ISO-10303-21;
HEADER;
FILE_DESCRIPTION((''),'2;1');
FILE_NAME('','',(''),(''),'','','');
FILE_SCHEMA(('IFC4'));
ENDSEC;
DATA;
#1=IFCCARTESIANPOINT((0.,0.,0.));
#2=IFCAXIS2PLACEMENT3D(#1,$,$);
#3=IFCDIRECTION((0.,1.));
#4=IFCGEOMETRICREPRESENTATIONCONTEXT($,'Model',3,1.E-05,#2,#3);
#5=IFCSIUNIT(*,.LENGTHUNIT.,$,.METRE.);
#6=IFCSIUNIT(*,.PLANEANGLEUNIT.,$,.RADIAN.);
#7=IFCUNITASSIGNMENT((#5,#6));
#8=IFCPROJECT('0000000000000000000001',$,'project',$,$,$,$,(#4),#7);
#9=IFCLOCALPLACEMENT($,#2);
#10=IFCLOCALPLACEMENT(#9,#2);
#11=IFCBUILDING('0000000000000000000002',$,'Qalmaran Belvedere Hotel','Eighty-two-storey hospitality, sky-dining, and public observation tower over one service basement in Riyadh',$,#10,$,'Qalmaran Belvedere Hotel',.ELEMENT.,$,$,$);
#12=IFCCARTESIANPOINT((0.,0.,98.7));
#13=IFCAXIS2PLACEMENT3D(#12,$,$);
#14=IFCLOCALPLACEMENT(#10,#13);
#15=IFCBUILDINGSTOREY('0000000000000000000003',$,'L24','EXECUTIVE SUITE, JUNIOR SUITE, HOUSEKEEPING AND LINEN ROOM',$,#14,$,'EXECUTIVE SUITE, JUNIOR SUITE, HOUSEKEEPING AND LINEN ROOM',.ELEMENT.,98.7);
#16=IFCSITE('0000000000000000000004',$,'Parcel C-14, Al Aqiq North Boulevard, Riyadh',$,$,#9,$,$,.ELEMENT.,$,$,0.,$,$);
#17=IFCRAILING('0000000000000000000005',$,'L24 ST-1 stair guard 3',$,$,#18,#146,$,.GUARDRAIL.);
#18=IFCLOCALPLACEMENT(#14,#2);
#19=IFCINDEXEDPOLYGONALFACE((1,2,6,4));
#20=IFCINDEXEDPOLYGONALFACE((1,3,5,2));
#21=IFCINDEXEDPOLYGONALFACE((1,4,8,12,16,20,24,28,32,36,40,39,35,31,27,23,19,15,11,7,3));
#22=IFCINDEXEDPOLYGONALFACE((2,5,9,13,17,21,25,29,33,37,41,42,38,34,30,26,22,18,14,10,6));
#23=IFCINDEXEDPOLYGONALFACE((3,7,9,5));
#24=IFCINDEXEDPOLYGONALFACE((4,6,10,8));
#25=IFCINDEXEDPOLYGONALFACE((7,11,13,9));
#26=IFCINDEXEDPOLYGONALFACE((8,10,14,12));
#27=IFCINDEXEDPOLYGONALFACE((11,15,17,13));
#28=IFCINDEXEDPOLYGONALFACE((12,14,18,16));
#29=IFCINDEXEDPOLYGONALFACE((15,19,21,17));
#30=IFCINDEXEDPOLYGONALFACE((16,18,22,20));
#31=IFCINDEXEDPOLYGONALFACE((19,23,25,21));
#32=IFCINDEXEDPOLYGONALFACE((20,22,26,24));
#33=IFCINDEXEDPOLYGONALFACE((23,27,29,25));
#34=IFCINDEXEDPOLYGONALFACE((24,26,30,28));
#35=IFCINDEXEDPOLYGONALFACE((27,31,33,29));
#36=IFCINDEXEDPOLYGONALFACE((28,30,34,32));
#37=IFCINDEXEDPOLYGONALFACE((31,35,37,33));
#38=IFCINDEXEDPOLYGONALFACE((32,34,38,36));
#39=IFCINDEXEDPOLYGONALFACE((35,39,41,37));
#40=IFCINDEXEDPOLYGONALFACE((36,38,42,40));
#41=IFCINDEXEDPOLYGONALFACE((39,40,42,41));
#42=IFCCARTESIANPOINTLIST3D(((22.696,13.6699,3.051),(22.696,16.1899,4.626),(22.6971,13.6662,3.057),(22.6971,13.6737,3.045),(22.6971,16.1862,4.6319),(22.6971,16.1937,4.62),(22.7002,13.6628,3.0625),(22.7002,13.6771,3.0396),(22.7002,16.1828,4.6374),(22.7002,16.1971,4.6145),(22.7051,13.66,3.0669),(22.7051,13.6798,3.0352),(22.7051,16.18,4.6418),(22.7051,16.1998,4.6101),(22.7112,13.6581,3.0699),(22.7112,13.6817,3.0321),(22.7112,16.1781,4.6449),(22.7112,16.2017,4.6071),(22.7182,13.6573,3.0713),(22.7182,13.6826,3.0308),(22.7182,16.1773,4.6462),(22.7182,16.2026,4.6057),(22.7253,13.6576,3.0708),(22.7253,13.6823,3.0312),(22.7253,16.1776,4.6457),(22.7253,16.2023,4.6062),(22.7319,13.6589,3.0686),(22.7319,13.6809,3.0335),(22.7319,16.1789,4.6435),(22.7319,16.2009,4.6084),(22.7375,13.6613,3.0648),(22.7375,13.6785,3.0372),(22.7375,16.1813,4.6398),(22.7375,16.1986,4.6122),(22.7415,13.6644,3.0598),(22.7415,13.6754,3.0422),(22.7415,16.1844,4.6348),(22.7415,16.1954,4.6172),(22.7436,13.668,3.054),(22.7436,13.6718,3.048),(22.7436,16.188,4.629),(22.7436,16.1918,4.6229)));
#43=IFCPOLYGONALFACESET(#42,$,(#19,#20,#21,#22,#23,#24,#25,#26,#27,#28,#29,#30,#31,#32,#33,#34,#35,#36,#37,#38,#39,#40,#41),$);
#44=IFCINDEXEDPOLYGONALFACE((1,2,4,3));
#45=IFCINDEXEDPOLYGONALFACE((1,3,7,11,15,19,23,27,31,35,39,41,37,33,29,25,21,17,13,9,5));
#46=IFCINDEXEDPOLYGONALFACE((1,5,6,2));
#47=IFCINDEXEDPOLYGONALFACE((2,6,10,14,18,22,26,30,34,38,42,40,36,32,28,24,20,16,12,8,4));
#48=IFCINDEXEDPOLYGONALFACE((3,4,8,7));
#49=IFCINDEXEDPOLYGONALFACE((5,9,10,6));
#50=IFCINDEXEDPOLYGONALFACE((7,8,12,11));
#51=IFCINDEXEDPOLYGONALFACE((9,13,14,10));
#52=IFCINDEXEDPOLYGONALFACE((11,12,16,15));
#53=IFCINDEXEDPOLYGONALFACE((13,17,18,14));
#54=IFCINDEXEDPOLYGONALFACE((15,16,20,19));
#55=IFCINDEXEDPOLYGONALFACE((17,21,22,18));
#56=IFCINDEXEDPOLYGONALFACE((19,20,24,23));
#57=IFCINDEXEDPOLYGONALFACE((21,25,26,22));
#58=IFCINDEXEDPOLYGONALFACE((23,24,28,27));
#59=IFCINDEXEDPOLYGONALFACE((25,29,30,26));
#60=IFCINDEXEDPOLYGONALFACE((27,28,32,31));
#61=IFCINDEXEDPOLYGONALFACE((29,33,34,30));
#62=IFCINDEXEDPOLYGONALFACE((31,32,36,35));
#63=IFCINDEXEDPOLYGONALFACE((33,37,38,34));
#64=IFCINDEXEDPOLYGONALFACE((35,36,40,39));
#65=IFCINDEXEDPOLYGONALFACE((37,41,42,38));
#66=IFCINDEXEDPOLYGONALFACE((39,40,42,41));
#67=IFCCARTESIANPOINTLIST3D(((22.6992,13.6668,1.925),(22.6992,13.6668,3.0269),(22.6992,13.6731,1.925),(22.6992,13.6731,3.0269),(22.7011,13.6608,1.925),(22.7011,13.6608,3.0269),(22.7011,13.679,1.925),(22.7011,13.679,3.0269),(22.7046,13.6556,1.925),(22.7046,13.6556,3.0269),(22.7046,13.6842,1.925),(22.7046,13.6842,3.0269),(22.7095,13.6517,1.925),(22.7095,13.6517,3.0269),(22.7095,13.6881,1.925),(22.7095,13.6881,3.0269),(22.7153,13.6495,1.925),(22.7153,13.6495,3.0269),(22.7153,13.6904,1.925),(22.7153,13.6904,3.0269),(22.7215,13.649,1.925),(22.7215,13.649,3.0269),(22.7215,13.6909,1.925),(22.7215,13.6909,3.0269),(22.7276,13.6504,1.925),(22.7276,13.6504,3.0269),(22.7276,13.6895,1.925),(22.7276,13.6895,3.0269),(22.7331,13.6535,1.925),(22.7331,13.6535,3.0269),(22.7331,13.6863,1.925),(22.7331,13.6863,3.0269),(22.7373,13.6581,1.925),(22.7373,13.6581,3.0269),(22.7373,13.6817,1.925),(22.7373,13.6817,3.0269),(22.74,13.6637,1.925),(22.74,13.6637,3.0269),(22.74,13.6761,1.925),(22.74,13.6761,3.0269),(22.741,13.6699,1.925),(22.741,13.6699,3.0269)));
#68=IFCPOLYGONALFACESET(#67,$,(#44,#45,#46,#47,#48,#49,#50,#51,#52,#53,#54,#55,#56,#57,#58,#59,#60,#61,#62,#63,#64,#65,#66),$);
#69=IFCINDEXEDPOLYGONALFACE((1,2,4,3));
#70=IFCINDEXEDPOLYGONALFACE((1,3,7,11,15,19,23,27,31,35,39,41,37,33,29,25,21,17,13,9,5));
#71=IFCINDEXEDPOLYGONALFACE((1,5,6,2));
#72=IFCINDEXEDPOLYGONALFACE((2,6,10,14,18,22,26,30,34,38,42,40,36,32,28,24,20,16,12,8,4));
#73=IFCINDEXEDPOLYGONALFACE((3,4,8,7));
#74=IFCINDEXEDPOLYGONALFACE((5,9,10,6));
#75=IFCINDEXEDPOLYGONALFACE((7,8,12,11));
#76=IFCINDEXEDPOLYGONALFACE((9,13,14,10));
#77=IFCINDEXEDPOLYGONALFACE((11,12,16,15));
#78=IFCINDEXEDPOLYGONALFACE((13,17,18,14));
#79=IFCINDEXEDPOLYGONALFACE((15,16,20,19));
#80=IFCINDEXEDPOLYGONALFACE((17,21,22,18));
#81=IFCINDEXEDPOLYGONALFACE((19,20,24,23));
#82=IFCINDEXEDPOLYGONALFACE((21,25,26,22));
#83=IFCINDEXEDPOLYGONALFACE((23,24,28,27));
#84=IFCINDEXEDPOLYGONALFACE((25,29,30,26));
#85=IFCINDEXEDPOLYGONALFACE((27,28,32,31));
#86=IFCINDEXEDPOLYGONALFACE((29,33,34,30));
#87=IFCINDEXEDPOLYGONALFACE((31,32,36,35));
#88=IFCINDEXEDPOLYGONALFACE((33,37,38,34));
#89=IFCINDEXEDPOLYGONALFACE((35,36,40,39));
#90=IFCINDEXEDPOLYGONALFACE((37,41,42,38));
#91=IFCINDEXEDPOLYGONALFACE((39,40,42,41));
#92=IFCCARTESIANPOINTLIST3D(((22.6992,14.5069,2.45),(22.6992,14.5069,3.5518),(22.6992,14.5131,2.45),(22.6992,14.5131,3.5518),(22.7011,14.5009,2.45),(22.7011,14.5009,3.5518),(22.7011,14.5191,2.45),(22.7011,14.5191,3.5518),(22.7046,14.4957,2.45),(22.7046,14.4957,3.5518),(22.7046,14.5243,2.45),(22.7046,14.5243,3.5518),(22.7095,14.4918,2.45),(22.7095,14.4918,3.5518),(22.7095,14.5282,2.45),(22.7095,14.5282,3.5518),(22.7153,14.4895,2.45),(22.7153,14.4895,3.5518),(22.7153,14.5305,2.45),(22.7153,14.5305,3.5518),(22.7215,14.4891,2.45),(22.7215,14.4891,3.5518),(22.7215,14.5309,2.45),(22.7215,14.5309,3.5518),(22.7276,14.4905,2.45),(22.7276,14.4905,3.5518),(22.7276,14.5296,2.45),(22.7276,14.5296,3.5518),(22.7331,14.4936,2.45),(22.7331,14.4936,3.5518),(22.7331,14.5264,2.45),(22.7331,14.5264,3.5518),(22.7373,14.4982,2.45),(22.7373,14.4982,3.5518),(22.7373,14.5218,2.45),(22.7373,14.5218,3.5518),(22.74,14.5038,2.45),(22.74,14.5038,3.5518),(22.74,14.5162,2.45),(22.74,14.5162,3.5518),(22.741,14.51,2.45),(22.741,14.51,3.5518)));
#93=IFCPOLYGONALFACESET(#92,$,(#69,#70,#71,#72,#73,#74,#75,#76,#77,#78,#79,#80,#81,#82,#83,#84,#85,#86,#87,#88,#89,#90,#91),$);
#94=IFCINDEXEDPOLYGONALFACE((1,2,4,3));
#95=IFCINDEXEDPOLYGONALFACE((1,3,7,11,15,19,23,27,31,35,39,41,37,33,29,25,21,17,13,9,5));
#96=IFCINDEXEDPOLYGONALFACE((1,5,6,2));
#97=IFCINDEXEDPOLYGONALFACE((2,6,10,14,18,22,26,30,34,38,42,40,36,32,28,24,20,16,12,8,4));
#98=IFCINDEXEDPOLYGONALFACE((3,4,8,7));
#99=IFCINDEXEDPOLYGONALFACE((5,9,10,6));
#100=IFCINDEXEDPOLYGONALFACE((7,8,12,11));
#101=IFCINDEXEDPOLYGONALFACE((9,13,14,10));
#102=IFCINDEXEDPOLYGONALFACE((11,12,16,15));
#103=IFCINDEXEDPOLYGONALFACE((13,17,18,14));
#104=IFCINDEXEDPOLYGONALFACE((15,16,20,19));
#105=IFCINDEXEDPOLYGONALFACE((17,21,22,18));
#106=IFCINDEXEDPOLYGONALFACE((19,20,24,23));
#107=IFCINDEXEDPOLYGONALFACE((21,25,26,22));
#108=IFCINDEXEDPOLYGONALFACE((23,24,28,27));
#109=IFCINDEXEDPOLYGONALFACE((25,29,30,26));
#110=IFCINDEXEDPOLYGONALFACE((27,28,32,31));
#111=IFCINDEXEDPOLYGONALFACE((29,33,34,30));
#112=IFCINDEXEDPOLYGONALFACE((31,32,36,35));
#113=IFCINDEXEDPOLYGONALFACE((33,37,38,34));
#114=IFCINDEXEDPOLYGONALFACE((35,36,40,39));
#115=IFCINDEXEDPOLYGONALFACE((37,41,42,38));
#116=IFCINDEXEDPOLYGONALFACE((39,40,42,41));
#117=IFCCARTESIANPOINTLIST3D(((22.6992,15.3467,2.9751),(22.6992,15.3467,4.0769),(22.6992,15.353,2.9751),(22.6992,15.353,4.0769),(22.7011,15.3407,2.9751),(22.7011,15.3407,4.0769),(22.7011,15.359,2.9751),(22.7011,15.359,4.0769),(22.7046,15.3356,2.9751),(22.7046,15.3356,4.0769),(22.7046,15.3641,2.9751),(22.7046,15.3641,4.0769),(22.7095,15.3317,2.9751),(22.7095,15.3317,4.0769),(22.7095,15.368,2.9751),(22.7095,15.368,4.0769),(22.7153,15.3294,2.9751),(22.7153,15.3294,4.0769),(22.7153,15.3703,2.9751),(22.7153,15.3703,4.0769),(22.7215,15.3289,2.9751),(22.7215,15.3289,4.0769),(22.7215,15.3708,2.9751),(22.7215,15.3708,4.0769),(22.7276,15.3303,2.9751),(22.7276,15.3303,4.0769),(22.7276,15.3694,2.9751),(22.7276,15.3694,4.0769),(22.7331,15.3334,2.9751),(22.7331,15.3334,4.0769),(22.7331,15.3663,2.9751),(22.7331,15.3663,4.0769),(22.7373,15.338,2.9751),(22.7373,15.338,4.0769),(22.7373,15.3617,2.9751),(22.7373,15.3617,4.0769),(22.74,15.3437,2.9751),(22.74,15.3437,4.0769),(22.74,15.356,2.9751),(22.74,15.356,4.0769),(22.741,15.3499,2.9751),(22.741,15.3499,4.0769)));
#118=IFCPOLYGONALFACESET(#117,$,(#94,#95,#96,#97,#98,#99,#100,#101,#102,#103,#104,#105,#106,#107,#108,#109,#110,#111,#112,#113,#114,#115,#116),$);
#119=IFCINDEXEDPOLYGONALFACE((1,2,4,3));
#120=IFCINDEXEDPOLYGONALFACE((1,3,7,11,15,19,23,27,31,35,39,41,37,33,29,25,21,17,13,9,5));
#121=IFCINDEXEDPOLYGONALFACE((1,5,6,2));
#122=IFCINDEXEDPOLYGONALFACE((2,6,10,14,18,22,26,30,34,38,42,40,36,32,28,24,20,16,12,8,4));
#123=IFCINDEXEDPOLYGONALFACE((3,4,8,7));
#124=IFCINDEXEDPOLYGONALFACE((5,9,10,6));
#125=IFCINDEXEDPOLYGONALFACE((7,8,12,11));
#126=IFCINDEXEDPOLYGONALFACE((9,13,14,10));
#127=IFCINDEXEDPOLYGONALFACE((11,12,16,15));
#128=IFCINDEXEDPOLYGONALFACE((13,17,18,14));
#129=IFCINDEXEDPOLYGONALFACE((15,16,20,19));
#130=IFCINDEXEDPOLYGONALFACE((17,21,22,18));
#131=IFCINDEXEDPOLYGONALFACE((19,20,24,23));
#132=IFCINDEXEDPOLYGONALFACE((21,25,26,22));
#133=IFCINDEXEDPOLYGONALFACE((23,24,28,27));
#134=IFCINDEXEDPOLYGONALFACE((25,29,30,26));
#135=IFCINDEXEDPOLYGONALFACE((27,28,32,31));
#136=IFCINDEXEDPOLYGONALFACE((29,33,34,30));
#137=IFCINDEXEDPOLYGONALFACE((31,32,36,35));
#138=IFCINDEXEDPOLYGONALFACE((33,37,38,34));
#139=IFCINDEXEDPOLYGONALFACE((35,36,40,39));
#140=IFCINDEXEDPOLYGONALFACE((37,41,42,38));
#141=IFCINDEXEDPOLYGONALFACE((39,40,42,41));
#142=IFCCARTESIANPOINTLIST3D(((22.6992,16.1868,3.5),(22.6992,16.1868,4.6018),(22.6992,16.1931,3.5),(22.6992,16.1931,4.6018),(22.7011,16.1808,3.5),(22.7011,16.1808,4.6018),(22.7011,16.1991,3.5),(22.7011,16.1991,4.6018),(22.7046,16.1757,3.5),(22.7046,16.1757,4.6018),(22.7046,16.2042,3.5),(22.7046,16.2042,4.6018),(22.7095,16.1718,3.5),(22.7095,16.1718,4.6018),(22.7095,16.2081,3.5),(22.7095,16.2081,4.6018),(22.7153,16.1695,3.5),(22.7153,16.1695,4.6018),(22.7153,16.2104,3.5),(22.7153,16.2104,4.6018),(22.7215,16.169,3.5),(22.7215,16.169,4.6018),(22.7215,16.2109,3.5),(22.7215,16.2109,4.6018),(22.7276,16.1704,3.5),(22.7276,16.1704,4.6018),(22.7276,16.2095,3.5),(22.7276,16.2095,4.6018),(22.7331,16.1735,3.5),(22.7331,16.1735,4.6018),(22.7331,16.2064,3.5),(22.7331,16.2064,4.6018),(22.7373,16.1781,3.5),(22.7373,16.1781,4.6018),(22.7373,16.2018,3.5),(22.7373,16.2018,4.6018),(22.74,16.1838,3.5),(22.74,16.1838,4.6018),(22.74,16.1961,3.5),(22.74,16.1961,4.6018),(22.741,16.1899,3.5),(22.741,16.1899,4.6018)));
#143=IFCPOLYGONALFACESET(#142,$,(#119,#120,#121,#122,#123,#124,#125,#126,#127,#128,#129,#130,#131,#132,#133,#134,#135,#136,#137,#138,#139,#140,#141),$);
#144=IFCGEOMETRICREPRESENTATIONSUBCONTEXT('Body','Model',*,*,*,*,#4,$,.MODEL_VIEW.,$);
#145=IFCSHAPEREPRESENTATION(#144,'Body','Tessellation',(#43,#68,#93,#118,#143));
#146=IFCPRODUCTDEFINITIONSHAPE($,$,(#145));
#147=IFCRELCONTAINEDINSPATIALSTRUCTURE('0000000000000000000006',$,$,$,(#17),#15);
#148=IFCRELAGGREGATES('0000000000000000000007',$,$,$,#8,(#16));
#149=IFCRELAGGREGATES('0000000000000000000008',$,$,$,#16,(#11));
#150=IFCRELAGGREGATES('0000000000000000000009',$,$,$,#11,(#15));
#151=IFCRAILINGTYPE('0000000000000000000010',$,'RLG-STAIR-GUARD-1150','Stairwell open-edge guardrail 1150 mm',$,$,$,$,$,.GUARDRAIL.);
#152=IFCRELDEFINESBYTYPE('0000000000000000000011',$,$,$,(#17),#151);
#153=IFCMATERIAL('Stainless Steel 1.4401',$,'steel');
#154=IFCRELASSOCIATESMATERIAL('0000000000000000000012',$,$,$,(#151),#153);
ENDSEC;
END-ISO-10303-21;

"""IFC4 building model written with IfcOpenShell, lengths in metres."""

from ifc_helpers import new_model, si_unit, direction, frame, origin, origin_2d, place, context, subcontext, project, spatial, circle, extrude, material, type_object, element, save


model = new_model("IFC4")

# Units and contexts
model_context = context("Model", 3, precision=1e-05, world=origin(), true_north=direction((0.0, 1.0)))
body_context = subcontext(model_context, "Body", "Model", "MODEL_VIEW")
ifc_project = project(units=[si_unit("LENGTHUNIT", "METRE"), si_unit("PLANEANGLEUNIT", "RADIAN")], contexts=[model_context])

# Site, building, storey
site_placement = place(None, origin())
site = spatial("IfcSite", under=ifc_project, at=site_placement, Name="Parcel C-14, Al Aqiq North Boulevard, Riyadh", CompositionType="ELEMENT", RefElevation=0.0)
building_placement = place(site_placement, origin())
building = spatial("IfcBuilding", under=site, at=building_placement, Name="Qalmaran Belvedere Hotel", Description="Eighty-two-storey hospitality, sky-dining, and public observation tower over one service basement in Riyadh", LongName="Qalmaran Belvedere Hotel", CompositionType="ELEMENT")
storey_placement = place(building_placement, frame((0.0, 0.0, 98.7)))
storey = spatial("IfcBuildingStorey", under=building, at=storey_placement, Name="L24", Description="EXECUTIVE SUITE, JUNIOR SUITE, HOUSEKEEPING AND LINEN ROOM", LongName="EXECUTIVE SUITE, JUNIOR SUITE, HOUSEKEEPING AND LINEN ROOM", CompositionType="ELEMENT", Elevation=98.7)

# Railing
ifc_material_1 = material(Name="Stainless Steel 1.4401", Category="steel")
railing_type_1 = type_object("IfcRailingType", Name="RLG-STAIR-GUARD-1150", Description="Stairwell open-edge guardrail 1150 mm", PredefinedType="GUARDRAIL", material=ifc_material_1)
railing_1_placement = place(storey_placement, frame((22.72, 13.6699, 1.925)))
element("IfcRailing", 1, at=railing_1_placement, inside=storey, type_object=railing_type_1, Name="L24 ST-1 stair guard 3", PredefinedType="GUARDRAIL", context=body_context, shape_type="SweptSolid", body=[
    extrude(circle(Radius=0.0239, at=origin_2d()), frame((0.0, 0.0, 1.126), z_axis=(0.0, 0.848008, 0.529984), x_axis=(-1.0, 0.0, 0.0)), (0.0, 0.0, 1.0), 2.9717),
    extrude(circle(Radius=0.021, at=origin_2d()), origin(), (0.0, 0.0, 1.0), 1.1018),
    extrude(circle(Radius=0.021, at=origin_2d()), frame((0.0, 0.8401, 0.5249)), (0.0, 0.0, 1.0), 1.1018),
    extrude(circle(Radius=0.021, at=origin_2d()), frame((0.0, 1.6799, 1.05)), (0.0, 0.0, 1.0), 1.1018),
    extrude(circle(Radius=0.021, at=origin_2d()), frame((0.0, 2.52, 1.575)), (0.0, 0.0, 1.0), 1.1018),
])

save(model, "model.ifc")
